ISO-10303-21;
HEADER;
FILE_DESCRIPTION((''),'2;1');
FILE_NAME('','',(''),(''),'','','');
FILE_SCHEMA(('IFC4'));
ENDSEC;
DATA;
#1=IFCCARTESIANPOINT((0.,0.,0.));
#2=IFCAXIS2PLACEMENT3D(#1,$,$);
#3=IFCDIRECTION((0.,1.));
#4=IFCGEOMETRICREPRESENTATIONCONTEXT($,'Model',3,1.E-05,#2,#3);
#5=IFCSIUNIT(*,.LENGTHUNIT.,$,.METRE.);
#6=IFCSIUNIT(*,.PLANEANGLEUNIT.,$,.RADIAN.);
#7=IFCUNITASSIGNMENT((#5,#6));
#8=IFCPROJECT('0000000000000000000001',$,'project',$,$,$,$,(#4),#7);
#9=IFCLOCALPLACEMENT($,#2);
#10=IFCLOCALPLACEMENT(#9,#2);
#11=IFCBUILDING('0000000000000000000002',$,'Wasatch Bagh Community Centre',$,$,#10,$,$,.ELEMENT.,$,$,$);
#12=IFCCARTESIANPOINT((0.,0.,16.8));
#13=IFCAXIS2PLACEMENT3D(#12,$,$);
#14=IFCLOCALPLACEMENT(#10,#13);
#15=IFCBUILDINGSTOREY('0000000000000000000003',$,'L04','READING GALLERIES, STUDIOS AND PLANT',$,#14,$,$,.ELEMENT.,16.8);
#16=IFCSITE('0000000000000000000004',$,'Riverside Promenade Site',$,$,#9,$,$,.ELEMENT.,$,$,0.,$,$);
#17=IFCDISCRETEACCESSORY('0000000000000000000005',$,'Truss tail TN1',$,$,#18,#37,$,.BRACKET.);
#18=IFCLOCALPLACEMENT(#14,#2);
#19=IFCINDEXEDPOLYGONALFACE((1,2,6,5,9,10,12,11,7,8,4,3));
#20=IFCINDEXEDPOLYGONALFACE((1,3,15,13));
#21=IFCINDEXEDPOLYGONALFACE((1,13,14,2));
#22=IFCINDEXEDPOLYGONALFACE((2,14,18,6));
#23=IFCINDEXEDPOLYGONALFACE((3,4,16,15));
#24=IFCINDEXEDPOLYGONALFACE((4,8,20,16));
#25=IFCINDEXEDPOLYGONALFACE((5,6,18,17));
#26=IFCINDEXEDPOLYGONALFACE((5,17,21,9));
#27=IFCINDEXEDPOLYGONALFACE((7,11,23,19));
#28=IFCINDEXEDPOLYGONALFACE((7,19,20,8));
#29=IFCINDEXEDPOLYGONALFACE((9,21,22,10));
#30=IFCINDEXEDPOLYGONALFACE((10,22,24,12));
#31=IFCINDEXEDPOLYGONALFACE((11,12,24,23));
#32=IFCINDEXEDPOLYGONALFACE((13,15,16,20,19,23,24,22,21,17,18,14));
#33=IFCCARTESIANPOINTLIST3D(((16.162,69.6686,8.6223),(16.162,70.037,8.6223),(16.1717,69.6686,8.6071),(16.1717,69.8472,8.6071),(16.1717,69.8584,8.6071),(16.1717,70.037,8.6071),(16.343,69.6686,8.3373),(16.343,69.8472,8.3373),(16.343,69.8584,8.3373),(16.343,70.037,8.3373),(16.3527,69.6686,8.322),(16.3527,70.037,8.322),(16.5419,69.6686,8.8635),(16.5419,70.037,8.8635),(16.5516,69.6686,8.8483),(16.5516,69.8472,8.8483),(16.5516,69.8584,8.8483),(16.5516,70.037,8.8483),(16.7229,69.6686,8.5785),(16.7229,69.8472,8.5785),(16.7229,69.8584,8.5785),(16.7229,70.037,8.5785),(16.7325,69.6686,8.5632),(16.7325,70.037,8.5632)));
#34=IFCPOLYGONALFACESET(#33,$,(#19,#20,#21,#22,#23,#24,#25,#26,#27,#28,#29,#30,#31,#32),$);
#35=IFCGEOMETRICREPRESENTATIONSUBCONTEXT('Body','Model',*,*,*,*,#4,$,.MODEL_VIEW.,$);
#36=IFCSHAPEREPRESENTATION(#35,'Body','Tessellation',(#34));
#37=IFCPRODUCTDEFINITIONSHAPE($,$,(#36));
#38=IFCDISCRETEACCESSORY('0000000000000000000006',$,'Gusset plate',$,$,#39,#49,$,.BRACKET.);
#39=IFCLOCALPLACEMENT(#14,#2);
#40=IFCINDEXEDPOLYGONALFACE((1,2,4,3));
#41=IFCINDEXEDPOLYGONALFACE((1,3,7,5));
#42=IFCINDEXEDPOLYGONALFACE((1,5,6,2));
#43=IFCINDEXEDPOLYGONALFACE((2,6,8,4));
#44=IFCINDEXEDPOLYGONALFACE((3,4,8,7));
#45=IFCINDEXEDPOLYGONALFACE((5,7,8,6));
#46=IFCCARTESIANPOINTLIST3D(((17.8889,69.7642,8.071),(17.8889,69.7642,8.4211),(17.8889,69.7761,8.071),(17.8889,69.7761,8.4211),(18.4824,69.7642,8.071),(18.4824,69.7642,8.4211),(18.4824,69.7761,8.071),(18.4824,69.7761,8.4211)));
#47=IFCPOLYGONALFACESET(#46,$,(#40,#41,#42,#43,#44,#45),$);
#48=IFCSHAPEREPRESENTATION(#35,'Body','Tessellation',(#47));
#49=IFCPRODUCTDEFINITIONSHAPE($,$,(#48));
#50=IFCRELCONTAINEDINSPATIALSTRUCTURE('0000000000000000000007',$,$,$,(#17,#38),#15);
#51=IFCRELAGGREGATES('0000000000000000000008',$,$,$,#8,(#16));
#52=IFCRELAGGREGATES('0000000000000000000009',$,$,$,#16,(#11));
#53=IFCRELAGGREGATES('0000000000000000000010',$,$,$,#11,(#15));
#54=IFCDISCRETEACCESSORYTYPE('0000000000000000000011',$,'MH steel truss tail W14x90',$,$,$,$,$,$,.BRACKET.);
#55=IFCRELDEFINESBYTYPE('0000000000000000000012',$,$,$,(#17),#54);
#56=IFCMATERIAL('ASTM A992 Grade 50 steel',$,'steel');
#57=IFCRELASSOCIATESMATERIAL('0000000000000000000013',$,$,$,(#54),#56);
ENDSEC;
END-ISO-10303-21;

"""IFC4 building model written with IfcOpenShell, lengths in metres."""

from ifc_helpers import new_model, si_unit, direction, frame, origin, origin_2d, place, context, subcontext, project, spatial, polyline, i_section, outline, extrude, material, material_profile, profile_set, type_object, element, save


model = new_model("IFC4")

# Units and contexts
model_context = context("Model", 3, precision=1e-05, world=origin(), true_north=direction((0.0, 1.0)))
body_context = subcontext(model_context, "Body", "Model", "MODEL_VIEW")
ifc_project = project(units=[si_unit("LENGTHUNIT", "METRE"), si_unit("PLANEANGLEUNIT", "RADIAN")], contexts=[model_context])

# Site, building, storey
site_placement = place(None, origin())
site = spatial("IfcSite", under=ifc_project, at=site_placement, Name="Riverside Promenade Site", CompositionType="ELEMENT", RefElevation=0.0)
building_placement = place(site_placement, origin())
building = spatial("IfcBuilding", under=site, at=building_placement, Name="Wasatch Bagh Community Centre", CompositionType="ELEMENT")
storey_placement = place(building_placement, frame((0.0, 0.0, 16.8)))
storey = spatial("IfcBuildingStorey", under=building, at=storey_placement, Name="L04", Description="READING GALLERIES, STUDIOS AND PLANT", CompositionType="ELEMENT", Elevation=16.8)

# Shared definitions
ifc_material_1 = material(Name="ASTM A992 Grade 50 steel", Category="steel")

# Discrete accessories
ifc_material_profile_1 = material_profile(ifc_material_1, i_section(OverallWidth=0.3684, OverallDepth=0.3557, WebThickness=0.0112, FlangeThickness=0.0181, at=origin_2d()), Name="W14x90")
ifc_profile_set_1 = profile_set([ifc_material_profile_1], Name="ASTM A992 Grade 50 steel")
discrete_accessory_type_1 = type_object("IfcDiscreteAccessoryType", Name="MH steel truss tail W14x90", PredefinedType="BRACKET", material=ifc_profile_set_1)
discrete_accessory_1_placement = place(storey_placement, frame((16.6372, 69.8528, 8.7134), z_axis=(-0.844197, 0.0, -0.536033), x_axis=(0.0, -1.0, 0.0)))
element("IfcDiscreteAccessory", 1, at=discrete_accessory_1_placement, inside=storey, type_object=discrete_accessory_type_1, Name="Truss tail TN1", PredefinedType="BRACKET", context=body_context, shape_type="SweptSolid", body=[
    extrude(i_section(OverallWidth=0.3684, OverallDepth=0.3557, WebThickness=0.0112, FlangeThickness=0.0181, at=origin_2d()), origin(), (0.0, 0.0, 1.0), 0.45),
])
discrete_accessory_2_placement = place(storey_placement, frame((17.8889, 69.7642, 8.071), z_axis=(0.0, -1.0, 0.0), x_axis=(1.0, 0.0, 0.0)))
element("IfcDiscreteAccessory", 2, at=discrete_accessory_2_placement, inside=storey, Name="Gusset plate", PredefinedType="BRACKET", context=body_context, shape_type="SweptSolid", body=[
    extrude(outline(polyline([(0.0, 0.0), (0.5935, 0.0), (0.5935, 0.3501), (0.0, 0.3501), (0.0, 0.0)])), origin(), (0.0, 0.0, -1.0), 0.012),
])

save(model, "model.ifc")
